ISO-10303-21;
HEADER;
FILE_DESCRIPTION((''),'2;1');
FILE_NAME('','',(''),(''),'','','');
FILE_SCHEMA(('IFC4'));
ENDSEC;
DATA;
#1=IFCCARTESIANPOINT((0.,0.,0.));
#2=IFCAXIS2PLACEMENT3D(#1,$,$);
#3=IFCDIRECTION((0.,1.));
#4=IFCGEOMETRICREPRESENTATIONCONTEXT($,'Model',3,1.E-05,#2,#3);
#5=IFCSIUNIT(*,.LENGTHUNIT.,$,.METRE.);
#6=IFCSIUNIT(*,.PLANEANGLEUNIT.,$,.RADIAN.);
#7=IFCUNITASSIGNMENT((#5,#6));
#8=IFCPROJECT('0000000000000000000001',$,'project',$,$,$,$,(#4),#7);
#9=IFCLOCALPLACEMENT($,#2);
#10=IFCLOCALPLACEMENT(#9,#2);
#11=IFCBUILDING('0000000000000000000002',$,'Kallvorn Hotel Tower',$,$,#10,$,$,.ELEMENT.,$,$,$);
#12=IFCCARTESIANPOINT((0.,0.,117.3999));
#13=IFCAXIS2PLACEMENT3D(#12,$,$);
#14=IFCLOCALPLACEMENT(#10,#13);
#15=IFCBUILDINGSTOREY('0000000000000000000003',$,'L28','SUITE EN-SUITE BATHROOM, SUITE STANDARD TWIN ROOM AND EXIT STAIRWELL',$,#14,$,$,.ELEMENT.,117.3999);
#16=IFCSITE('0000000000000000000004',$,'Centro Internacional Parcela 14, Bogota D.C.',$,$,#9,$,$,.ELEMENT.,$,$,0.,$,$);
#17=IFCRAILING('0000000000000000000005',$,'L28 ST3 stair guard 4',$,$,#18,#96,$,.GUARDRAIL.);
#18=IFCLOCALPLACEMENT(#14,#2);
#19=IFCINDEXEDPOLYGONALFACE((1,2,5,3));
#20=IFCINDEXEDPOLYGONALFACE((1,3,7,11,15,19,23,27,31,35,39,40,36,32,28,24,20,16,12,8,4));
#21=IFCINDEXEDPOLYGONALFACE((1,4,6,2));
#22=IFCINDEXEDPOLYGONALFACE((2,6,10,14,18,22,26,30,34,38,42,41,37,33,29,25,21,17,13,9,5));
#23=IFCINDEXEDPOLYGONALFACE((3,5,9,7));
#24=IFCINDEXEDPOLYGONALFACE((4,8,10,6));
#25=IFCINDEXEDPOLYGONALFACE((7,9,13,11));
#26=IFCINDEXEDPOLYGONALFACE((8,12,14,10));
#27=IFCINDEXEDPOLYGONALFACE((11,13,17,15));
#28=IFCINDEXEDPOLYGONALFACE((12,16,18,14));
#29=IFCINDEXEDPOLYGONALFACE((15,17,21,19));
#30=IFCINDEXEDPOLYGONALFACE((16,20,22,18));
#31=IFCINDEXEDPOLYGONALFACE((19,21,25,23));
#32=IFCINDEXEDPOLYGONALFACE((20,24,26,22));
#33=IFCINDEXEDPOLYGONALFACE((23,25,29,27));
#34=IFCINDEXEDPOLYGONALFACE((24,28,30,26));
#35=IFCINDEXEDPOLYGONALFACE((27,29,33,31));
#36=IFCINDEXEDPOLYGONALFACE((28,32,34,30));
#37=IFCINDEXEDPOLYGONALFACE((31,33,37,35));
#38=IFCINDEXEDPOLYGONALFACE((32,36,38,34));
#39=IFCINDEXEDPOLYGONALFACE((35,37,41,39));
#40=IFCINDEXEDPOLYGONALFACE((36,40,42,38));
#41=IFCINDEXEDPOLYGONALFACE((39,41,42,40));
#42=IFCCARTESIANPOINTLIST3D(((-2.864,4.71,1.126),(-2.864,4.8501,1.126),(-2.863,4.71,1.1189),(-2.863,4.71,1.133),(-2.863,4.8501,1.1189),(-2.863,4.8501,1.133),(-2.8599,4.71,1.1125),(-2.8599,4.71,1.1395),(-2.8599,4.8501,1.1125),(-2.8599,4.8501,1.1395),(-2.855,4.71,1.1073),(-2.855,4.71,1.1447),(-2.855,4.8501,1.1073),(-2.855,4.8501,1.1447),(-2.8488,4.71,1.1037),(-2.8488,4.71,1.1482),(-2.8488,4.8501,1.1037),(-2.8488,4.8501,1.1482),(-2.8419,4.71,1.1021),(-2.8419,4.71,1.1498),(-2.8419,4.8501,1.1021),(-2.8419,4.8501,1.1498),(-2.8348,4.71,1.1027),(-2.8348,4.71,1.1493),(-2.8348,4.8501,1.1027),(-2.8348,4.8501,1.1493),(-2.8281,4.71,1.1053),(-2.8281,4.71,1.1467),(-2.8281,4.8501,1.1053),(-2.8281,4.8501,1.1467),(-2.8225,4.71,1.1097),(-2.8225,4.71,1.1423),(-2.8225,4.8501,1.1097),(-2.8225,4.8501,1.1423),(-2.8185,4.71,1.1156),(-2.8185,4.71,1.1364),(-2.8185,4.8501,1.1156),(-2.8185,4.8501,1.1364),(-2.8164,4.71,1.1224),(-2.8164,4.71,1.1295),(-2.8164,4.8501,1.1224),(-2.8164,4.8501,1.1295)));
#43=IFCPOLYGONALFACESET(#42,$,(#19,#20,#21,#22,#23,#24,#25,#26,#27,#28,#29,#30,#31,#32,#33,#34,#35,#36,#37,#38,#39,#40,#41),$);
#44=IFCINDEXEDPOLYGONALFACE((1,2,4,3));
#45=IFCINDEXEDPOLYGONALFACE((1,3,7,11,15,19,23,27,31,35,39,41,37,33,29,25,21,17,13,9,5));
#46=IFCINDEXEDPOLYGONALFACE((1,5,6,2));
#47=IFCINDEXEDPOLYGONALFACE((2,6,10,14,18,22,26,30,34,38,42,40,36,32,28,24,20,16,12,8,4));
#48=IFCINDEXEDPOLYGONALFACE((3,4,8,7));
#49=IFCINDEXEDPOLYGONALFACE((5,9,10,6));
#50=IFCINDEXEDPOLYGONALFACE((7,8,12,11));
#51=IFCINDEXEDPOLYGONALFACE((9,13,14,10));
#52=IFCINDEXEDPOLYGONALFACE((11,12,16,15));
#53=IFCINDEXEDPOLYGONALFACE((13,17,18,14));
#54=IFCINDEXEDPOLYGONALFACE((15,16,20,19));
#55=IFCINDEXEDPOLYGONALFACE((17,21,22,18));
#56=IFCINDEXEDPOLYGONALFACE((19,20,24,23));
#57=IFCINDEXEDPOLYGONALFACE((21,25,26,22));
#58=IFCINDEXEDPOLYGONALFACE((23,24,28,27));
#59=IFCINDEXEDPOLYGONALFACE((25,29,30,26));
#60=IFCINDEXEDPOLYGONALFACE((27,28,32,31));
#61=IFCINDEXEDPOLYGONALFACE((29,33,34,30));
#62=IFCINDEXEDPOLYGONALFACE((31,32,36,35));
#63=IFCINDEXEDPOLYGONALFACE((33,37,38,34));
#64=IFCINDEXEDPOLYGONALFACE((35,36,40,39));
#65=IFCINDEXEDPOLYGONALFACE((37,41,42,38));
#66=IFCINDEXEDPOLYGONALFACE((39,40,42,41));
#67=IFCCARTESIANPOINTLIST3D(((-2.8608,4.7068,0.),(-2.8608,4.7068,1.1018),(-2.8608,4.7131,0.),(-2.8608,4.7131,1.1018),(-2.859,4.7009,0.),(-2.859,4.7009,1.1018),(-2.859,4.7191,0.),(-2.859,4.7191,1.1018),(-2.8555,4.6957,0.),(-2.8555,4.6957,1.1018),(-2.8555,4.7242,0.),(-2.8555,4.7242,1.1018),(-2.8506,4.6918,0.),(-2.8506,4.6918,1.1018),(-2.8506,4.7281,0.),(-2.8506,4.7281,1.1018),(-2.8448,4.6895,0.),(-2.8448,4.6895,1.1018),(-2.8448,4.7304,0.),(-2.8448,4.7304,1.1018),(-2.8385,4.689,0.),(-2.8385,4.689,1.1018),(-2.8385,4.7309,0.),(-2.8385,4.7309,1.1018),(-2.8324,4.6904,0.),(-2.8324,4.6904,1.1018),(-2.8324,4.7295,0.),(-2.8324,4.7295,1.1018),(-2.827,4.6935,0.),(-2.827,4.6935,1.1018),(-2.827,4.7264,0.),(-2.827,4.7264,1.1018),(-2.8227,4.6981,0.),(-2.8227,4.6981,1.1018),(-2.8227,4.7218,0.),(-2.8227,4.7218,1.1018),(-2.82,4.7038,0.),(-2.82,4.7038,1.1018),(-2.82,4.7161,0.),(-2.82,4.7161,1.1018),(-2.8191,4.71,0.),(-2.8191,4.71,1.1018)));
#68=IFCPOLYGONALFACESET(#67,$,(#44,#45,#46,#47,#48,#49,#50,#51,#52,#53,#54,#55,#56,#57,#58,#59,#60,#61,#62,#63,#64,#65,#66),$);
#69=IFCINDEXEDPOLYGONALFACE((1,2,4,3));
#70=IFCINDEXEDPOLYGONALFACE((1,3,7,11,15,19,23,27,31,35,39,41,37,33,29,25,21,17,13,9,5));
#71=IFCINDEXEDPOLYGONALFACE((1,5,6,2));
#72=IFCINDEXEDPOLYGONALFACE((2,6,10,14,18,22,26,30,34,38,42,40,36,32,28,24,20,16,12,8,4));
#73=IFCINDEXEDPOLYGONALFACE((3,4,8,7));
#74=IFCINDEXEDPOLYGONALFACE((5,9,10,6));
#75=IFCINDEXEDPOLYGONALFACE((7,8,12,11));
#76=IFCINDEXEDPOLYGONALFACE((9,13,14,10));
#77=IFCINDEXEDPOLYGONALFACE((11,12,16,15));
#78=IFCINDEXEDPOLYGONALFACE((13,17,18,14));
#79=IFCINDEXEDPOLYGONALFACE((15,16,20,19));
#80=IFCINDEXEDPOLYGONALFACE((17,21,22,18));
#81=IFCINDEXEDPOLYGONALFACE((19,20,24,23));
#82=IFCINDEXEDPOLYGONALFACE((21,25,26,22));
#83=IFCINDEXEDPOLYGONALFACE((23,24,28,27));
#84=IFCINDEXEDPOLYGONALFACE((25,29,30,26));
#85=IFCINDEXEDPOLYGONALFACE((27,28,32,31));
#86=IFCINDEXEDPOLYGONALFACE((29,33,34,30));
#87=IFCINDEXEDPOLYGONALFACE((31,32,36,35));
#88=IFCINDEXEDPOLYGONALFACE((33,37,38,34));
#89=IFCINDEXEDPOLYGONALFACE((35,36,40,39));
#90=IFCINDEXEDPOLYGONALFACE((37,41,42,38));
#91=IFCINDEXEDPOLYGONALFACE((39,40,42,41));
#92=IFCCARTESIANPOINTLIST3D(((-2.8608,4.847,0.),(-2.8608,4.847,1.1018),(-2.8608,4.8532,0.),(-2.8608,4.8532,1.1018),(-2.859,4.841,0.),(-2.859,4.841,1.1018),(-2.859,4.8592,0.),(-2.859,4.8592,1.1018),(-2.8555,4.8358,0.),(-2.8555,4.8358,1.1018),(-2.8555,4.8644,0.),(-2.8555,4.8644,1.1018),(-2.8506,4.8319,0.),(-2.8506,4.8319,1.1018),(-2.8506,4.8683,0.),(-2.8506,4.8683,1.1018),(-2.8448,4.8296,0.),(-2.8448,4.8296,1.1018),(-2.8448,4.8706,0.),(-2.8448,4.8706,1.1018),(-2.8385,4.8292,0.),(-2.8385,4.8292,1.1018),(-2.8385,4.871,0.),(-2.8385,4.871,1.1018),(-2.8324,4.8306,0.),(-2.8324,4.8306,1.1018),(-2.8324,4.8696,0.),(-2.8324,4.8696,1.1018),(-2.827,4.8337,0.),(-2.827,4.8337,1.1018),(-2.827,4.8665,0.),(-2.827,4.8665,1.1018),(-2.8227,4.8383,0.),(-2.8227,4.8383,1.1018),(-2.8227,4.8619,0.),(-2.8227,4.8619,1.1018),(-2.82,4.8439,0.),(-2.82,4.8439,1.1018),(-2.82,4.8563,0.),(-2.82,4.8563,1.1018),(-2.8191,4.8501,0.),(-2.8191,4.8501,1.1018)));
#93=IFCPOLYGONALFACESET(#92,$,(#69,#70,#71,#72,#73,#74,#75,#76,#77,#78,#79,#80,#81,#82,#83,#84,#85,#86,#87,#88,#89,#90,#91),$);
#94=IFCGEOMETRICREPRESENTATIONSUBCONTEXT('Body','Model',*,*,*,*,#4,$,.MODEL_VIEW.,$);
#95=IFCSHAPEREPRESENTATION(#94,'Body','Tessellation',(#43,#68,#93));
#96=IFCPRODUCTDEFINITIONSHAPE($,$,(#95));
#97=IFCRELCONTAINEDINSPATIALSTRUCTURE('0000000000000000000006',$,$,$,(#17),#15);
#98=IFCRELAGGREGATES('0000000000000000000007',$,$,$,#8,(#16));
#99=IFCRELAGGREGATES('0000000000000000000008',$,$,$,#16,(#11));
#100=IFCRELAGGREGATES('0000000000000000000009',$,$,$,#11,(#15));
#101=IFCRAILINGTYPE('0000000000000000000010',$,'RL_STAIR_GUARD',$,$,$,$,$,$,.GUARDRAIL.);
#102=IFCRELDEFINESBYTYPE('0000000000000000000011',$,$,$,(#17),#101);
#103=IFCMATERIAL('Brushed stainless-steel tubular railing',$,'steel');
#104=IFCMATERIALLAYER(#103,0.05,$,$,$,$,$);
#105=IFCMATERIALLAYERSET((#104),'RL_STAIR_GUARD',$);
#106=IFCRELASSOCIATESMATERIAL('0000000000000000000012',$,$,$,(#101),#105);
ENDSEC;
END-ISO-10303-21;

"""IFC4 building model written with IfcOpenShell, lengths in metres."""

from ifc_helpers import new_model, si_unit, direction, frame, origin, origin_2d, place, context, subcontext, project, spatial, circle, extrude, material, layer, layer_set, type_object, element, save


model = new_model("IFC4")

# Units and contexts
model_context = context("Model", 3, precision=1e-05, world=origin(), true_north=direction((0.0, 1.0)))
body_context = subcontext(model_context, "Body", "Model", "MODEL_VIEW")
ifc_project = project(units=[si_unit("LENGTHUNIT", "METRE"), si_unit("PLANEANGLEUNIT", "RADIAN")], contexts=[model_context])

# Site, building, storey
site_placement = place(None, origin())
site = spatial("IfcSite", under=ifc_project, at=site_placement, Name="Centro Internacional Parcela 14, Bogota D.C.", CompositionType="ELEMENT", RefElevation=0.0)
building_placement = place(site_placement, origin())
building = spatial("IfcBuilding", under=site, at=building_placement, Name="Kallvorn Hotel Tower", CompositionType="ELEMENT")
storey_placement = place(building_placement, frame((0.0, 0.0, 117.3999)))
storey = spatial("IfcBuildingStorey", under=building, at=storey_placement, Name="L28", Description="SUITE EN-SUITE BATHROOM, SUITE STANDARD TWIN ROOM AND EXIT STAIRWELL", CompositionType="ELEMENT", Elevation=117.3999)

# Railing
ifc_material_1 = material(Name="Brushed stainless-steel tubular railing", Category="steel")
ifc_layer_1 = layer(ifc_material_1, 0.05)
ifc_layer_set_1 = layer_set([ifc_layer_1], Name="RL_STAIR_GUARD")
railing_type_1 = type_object("IfcRailingType", Name="RL_STAIR_GUARD", PredefinedType="GUARDRAIL", material=ifc_layer_set_1)
railing_1_placement = place(storey_placement, frame((-2.8401, 4.71, 0.0)))
element("IfcRailing", 1, at=railing_1_placement, inside=storey, type_object=railing_type_1, Name="L28 ST3 stair guard 4", PredefinedType="GUARDRAIL", context=body_context, shape_type="SweptSolid", body=[
    extrude(circle(Radius=0.0239, at=origin_2d()), frame((0.0, 0.0, 1.126), z_axis=(0.0, 1.0, 0.0), x_axis=(-1.0, 0.0, 0.0)), (0.0, 0.0, 1.0), 0.1401),
    extrude(circle(Radius=0.021, at=origin_2d()), origin(), (0.0, 0.0, 1.0), 1.1018),
    extrude(circle(Radius=0.021, at=origin_2d()), frame((0.0, 0.1401, 0.0)), (0.0, 0.0, 1.0), 1.1018),
])

save(model, "model.ifc")
